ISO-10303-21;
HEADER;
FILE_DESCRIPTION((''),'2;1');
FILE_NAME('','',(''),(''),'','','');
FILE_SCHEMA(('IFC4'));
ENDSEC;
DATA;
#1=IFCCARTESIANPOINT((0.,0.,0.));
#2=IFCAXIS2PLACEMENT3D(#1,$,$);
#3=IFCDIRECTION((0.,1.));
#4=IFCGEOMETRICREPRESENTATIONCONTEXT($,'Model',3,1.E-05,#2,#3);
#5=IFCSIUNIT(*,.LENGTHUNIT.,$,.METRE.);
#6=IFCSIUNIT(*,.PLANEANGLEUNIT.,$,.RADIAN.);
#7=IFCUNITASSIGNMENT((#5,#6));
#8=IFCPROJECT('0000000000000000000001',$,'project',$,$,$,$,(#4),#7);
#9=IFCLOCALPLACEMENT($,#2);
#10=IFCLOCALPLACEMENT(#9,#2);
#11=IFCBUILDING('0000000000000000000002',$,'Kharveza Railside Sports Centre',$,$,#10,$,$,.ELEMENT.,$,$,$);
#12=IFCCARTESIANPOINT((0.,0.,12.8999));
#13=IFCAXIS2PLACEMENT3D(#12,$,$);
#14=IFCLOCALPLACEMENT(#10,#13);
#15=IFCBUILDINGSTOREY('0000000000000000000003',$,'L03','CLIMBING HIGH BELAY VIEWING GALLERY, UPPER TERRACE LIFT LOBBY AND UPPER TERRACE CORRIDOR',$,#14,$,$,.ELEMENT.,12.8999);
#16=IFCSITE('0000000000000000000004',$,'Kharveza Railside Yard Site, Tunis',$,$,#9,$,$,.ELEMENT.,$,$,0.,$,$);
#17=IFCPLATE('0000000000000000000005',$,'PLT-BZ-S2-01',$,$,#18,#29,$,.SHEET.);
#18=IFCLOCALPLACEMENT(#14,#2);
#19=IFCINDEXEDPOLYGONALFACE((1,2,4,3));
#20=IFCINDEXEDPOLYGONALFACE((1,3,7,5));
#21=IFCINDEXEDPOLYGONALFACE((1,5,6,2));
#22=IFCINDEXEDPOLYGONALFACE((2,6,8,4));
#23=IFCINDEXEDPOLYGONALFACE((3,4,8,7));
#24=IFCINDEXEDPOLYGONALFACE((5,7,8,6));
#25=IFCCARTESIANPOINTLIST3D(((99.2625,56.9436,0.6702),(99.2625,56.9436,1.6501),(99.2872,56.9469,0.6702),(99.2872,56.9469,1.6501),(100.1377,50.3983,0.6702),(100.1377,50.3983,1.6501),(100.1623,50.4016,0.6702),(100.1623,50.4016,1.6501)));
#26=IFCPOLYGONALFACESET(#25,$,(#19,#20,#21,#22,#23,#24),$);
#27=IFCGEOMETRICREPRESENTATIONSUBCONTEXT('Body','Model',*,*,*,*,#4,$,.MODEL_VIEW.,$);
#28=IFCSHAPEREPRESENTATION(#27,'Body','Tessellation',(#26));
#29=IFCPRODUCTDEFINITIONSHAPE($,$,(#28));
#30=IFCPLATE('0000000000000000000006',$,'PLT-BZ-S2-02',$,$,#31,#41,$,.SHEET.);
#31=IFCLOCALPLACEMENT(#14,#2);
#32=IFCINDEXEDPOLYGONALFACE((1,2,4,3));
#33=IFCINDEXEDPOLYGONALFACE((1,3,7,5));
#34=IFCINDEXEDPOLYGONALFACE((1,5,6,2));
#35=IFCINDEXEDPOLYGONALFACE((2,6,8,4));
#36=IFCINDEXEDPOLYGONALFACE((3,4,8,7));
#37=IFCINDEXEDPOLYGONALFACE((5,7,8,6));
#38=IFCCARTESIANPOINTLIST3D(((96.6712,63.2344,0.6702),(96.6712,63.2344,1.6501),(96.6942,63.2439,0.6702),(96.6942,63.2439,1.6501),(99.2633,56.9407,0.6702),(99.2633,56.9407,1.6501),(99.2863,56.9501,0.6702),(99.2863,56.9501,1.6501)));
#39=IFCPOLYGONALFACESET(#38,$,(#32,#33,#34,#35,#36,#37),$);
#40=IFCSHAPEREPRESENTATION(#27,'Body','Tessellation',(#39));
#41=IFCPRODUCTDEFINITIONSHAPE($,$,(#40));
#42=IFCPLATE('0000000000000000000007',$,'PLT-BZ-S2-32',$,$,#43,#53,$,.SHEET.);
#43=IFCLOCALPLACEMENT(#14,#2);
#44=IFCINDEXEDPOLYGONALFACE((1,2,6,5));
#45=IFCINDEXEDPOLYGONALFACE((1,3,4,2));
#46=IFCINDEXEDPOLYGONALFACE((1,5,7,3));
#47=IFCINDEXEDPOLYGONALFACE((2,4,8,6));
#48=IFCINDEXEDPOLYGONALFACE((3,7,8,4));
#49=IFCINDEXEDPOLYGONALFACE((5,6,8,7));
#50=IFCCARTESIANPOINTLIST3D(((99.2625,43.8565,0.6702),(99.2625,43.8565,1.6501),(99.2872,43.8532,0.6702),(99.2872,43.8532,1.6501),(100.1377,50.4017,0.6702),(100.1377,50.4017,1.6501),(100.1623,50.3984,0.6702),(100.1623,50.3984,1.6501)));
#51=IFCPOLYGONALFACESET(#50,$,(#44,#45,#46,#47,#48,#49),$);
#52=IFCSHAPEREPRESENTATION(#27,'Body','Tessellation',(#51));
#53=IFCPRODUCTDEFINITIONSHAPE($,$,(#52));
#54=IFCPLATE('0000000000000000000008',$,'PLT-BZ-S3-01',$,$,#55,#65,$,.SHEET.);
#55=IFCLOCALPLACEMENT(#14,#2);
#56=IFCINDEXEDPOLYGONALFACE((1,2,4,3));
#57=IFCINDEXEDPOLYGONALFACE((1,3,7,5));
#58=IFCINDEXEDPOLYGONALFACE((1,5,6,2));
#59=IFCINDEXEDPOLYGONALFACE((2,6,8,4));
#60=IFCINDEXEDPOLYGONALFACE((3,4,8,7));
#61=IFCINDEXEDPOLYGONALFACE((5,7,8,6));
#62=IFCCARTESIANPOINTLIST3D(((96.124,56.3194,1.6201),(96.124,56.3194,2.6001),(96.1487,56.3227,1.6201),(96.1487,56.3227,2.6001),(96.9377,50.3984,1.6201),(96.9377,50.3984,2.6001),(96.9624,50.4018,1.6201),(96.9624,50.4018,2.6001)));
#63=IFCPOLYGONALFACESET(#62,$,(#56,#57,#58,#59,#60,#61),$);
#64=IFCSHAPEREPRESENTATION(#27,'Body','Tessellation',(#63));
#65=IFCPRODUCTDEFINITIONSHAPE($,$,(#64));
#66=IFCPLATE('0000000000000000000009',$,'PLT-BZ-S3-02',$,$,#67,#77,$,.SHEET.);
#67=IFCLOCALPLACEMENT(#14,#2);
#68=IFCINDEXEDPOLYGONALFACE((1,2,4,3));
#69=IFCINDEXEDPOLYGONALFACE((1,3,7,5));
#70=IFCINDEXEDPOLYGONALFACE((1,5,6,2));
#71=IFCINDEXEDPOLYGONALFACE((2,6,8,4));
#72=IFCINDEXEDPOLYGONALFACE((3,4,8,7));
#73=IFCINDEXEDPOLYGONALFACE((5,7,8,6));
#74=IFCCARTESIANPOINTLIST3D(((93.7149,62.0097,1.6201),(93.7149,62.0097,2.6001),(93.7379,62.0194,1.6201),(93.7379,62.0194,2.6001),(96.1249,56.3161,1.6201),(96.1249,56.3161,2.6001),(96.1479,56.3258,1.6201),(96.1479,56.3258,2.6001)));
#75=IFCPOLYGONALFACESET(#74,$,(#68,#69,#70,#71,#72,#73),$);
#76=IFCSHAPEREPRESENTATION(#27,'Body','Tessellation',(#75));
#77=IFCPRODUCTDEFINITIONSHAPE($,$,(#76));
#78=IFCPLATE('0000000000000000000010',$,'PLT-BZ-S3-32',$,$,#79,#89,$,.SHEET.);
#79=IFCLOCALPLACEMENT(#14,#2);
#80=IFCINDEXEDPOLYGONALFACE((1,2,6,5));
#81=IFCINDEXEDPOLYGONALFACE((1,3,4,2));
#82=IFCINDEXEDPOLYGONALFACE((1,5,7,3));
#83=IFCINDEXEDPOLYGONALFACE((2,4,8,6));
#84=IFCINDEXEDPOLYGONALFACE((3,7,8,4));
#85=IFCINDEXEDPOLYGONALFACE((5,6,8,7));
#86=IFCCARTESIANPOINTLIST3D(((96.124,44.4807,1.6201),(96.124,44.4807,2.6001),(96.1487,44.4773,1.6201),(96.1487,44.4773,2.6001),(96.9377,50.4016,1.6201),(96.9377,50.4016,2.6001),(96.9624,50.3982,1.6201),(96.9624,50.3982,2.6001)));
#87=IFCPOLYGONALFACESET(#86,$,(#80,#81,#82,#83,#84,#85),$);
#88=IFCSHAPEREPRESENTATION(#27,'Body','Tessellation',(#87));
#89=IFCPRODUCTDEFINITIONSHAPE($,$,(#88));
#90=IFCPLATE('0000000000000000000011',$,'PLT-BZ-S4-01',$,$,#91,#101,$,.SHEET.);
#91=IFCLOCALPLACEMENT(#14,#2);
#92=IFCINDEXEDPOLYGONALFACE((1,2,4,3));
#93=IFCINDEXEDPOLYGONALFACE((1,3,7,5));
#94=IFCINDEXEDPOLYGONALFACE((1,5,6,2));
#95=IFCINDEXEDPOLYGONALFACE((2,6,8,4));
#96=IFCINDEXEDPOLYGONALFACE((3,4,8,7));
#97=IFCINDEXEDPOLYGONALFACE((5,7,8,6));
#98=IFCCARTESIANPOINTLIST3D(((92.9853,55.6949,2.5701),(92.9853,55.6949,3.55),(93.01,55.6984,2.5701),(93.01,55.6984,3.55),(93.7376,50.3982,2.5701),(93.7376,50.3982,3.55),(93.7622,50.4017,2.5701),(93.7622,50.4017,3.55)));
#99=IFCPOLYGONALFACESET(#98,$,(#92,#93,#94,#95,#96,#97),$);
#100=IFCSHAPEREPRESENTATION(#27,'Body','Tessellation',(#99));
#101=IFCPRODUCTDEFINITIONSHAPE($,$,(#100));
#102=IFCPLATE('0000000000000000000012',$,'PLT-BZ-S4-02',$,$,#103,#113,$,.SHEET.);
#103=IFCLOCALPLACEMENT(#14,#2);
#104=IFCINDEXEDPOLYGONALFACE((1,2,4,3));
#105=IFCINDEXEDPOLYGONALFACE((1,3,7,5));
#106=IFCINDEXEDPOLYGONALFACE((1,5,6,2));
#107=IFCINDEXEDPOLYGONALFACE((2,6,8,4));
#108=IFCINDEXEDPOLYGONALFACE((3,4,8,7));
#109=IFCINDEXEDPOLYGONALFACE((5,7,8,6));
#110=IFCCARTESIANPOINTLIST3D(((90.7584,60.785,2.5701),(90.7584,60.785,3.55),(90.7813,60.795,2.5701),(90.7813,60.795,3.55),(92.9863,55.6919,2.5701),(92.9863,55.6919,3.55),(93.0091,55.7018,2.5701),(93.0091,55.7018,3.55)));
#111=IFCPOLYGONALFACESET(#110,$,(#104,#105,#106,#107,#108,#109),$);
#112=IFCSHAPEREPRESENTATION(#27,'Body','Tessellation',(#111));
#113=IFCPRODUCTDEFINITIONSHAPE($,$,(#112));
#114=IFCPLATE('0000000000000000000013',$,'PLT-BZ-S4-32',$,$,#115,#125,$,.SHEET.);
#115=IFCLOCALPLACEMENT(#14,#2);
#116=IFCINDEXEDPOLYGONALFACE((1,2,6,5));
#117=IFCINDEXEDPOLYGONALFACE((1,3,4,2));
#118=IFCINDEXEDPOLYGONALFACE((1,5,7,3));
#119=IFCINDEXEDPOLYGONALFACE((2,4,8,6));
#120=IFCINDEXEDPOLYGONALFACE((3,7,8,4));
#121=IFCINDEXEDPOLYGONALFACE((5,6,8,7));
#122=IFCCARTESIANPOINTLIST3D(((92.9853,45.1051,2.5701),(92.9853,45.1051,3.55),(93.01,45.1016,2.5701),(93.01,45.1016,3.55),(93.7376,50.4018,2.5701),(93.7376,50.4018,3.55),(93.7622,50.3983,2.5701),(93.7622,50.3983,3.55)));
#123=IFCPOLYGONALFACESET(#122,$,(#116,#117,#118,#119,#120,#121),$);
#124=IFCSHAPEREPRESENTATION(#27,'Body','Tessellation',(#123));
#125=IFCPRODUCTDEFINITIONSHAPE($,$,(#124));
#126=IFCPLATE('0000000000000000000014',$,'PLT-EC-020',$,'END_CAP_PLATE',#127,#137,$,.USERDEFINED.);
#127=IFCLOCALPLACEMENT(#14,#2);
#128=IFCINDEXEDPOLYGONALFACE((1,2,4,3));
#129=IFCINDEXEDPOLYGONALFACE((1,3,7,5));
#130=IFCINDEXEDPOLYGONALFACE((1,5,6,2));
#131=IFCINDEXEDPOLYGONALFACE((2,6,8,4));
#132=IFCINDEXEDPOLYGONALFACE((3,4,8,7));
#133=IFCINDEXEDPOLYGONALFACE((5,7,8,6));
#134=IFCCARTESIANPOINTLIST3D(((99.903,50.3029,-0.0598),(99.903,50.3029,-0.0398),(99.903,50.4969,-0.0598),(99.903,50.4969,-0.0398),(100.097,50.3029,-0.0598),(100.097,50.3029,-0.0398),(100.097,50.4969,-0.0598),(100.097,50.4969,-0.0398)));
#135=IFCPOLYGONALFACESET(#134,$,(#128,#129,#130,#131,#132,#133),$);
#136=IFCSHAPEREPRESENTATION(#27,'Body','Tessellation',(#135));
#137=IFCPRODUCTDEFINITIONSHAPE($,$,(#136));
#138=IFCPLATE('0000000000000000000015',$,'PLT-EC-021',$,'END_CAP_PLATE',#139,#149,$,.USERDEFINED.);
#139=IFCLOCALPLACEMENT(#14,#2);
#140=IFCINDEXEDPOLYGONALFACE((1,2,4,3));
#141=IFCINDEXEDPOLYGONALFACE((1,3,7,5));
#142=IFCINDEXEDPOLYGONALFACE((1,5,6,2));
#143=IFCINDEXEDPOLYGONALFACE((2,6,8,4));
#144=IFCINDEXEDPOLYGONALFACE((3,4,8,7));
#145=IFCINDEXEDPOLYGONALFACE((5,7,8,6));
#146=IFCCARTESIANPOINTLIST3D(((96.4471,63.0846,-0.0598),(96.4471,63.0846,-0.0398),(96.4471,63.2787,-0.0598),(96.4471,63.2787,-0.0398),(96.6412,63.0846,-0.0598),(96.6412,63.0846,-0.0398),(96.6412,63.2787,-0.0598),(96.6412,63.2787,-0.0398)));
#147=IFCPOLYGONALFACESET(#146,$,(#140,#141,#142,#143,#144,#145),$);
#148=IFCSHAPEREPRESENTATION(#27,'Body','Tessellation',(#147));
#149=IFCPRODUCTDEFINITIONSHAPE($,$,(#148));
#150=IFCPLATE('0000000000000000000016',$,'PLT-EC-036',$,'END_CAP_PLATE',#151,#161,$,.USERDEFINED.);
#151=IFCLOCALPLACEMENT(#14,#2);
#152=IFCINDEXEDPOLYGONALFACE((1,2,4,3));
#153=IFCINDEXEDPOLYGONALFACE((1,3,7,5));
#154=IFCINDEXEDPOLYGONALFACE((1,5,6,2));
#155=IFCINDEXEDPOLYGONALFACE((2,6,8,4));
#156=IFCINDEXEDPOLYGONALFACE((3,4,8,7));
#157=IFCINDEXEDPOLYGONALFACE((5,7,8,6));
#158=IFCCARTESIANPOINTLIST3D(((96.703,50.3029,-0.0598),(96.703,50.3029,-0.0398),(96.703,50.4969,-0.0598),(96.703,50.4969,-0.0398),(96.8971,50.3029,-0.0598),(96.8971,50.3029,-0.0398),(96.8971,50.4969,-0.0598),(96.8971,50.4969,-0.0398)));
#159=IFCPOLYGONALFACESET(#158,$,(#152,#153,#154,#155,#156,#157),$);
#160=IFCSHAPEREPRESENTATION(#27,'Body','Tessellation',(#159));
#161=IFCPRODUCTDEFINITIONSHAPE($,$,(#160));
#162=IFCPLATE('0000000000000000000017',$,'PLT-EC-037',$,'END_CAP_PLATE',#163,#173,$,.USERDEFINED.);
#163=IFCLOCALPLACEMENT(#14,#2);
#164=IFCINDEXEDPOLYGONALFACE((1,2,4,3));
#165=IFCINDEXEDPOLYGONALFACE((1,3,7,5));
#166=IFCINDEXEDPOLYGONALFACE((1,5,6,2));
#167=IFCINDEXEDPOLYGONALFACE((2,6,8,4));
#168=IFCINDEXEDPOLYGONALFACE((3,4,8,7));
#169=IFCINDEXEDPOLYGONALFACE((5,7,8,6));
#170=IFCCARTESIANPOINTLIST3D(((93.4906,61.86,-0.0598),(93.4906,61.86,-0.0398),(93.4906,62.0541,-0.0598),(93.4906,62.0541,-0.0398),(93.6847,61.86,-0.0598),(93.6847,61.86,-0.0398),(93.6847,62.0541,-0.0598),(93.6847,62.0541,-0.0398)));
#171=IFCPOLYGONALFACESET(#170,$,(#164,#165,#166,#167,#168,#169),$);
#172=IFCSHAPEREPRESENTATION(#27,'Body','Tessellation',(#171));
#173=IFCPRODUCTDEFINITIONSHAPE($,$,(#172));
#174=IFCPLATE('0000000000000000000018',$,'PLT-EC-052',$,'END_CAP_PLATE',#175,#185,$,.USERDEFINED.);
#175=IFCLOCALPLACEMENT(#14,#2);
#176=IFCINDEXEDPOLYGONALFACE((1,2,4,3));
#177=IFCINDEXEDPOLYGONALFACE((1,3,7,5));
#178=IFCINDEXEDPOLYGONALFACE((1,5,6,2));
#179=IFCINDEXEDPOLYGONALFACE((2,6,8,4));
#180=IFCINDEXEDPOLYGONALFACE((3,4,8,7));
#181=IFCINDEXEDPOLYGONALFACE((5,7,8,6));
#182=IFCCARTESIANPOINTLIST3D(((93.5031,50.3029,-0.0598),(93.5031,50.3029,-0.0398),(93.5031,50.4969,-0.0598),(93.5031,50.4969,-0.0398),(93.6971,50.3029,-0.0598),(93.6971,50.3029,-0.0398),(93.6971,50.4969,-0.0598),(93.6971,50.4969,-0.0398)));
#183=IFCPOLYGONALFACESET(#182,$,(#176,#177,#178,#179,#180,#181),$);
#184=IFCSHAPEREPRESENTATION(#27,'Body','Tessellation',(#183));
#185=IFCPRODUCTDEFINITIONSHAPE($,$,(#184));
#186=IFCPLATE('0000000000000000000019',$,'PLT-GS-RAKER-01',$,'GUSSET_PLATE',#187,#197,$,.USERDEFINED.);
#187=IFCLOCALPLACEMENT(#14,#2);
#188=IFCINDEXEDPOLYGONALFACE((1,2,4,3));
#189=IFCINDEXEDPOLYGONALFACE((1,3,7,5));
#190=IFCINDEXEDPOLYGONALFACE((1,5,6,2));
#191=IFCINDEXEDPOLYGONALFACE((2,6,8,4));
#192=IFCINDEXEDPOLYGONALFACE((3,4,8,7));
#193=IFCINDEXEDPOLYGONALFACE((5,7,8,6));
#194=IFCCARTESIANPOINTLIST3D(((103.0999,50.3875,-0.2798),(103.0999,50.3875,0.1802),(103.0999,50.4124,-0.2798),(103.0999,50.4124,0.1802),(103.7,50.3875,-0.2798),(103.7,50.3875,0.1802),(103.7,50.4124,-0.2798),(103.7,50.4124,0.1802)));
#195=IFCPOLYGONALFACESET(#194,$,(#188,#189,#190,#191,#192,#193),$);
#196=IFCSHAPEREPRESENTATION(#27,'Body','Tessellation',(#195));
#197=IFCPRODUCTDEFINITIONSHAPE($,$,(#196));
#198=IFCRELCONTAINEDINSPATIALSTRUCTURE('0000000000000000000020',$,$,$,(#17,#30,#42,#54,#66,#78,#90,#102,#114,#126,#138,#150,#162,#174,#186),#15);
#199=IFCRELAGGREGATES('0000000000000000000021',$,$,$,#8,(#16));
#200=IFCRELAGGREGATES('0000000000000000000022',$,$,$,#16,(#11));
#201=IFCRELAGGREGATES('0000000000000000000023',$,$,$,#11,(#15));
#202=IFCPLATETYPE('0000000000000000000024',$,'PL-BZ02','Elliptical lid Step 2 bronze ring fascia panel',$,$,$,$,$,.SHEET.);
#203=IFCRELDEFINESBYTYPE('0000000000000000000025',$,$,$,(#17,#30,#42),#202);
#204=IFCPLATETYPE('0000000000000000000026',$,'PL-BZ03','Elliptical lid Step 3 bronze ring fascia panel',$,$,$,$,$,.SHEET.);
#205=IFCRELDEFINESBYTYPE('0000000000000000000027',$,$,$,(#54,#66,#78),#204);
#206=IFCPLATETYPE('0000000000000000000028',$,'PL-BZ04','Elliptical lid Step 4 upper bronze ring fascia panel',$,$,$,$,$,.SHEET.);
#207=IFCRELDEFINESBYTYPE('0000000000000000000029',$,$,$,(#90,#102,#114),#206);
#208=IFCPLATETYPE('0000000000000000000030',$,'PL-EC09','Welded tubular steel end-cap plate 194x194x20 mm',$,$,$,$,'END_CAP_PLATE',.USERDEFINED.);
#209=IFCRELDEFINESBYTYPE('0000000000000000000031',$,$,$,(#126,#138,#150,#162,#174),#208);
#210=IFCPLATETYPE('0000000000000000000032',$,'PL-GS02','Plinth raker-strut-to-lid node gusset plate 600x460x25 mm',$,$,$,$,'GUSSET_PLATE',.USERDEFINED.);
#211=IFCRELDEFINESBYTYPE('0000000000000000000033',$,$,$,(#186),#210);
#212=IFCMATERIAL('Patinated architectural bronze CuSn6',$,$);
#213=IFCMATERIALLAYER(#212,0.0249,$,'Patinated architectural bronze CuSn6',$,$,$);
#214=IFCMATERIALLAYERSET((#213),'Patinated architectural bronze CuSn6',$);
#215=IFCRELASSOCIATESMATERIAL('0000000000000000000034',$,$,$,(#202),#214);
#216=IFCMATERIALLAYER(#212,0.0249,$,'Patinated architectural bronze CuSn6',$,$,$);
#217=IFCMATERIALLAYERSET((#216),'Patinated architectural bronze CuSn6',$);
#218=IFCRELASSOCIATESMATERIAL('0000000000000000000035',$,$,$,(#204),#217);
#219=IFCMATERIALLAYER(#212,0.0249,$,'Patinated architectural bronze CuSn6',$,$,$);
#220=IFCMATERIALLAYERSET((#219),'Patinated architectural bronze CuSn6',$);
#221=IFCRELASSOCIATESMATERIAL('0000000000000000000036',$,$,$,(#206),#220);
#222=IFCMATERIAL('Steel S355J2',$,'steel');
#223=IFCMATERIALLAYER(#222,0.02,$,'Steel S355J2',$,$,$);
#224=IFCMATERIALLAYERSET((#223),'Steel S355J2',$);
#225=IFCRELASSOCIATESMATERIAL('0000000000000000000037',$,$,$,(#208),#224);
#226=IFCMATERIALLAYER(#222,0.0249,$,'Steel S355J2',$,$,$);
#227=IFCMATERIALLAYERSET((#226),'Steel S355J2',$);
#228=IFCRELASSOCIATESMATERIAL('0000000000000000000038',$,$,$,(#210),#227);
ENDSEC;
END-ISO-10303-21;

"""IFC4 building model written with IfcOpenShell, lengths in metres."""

from ifc_helpers import new_model, si_unit, direction, frame, origin, origin_2d, place, context, subcontext, project, spatial, rectangle, extrude, material, layer, layer_set, type_object, element, save


model = new_model("IFC4")

# Units and contexts
model_context = context("Model", 3, precision=1e-05, world=origin(), true_north=direction((0.0, 1.0)))
body_context = subcontext(model_context, "Body", "Model", "MODEL_VIEW")
ifc_project = project(units=[si_unit("LENGTHUNIT", "METRE"), si_unit("PLANEANGLEUNIT", "RADIAN")], contexts=[model_context])

# Site, building, storey
site_placement = place(None, origin())
site = spatial("IfcSite", under=ifc_project, at=site_placement, Name="Kharveza Railside Yard Site, Tunis", CompositionType="ELEMENT", RefElevation=0.0)
building_placement = place(site_placement, origin())
building = spatial("IfcBuilding", under=site, at=building_placement, Name="Kharveza Railside Sports Centre", CompositionType="ELEMENT")
storey_placement = place(building_placement, frame((0.0, 0.0, 12.8999)))
storey = spatial("IfcBuildingStorey", under=building, at=storey_placement, Name="L03", Description="CLIMBING HIGH BELAY VIEWING GALLERY, UPPER TERRACE LIFT LOBBY AND UPPER TERRACE CORRIDOR", CompositionType="ELEMENT", Elevation=12.8999)

# Shared definitions
ifc_material_1 = material(Name="Steel S355J2", Category="steel")

# Plates
ifc_material_2 = material(Name="Patinated architectural bronze CuSn6")
ifc_layer_1 = layer(ifc_material_2, 0.0249, Name="Patinated architectural bronze CuSn6")
ifc_layer_set_1 = layer_set([ifc_layer_1], Name="Patinated architectural bronze CuSn6")
plate_type_1 = type_object("IfcPlateType", Name="PL-BZ02", Description="Elliptical lid Step 2 bronze ring fascia panel", PredefinedType="SHEET", material=ifc_layer_set_1)
plate_1_placement = place(storey_placement, frame((99.7124, 53.6726, 0.6702), z_axis=(0.0, 0.0, 1.0), x_axis=(-0.132533, 0.991179, 0.0)))
element("IfcPlate", 1, at=plate_1_placement, inside=storey, type_object=plate_type_1, Name="PLT-BZ-S2-01", PredefinedType="SHEET", context=body_context, shape_type="SweptSolid", body=[
    extrude(rectangle(XDim=6.6035, YDim=0.0249, at=origin_2d()), origin(), (0.0, 0.0, 1.0), 0.98),
])
plate_2_placement = place(storey_placement, frame((97.9788, 60.0923, 0.6702), z_axis=(0.0, 0.0, 1.0), x_axis=(-0.380812, 0.924652, 0.0)))
element("IfcPlate", 2, at=plate_2_placement, inside=storey, type_object=plate_type_1, Name="PLT-BZ-S2-02", PredefinedType="SHEET", context=body_context, shape_type="SweptSolid", body=[
    extrude(rectangle(XDim=6.8066, YDim=0.0249, at=origin_2d()), origin(), (0.0, 0.0, 1.0), 0.98),
])
plate_3_placement = place(storey_placement, frame((99.7124, 47.1274, 0.6702), z_axis=(0.0, 0.0, 1.0), x_axis=(0.132533, 0.991179, 0.0)))
element("IfcPlate", 3, at=plate_3_placement, inside=storey, type_object=plate_type_1, Name="PLT-BZ-S2-32", PredefinedType="SHEET", context=body_context, shape_type="SweptSolid", body=[
    extrude(rectangle(XDim=6.6035, YDim=0.0249, at=origin_2d()), origin(), (0.0, 0.0, 1.0), 0.98),
])
ifc_layer_2 = layer(ifc_material_2, 0.0249, Name="Patinated architectural bronze CuSn6")
ifc_layer_set_2 = layer_set([ifc_layer_2], Name="Patinated architectural bronze CuSn6")
plate_type_2 = type_object("IfcPlateType", Name="PL-BZ03", Description="Elliptical lid Step 3 bronze ring fascia panel", PredefinedType="SHEET", material=ifc_layer_set_2)
plate_4_placement = place(storey_placement, frame((96.5432, 53.3606, 1.6201), z_axis=(0.0, 0.0, 1.0), x_axis=(-0.136148, 0.990689, 0.0)))
element("IfcPlate", 4, at=plate_4_placement, inside=storey, type_object=plate_type_2, Name="PLT-BZ-S3-01", PredefinedType="SHEET", context=body_context, shape_type="SweptSolid", body=[
    extrude(rectangle(XDim=5.9766, YDim=0.0249, at=origin_2d()), origin(), (0.0, 0.0, 1.0), 0.98),
])
plate_5_placement = place(storey_placement, frame((94.9314, 59.1677, 1.6201), z_axis=(0.0, 0.0, 1.0), x_axis=(-0.389799, 0.9209, 0.0)))
element("IfcPlate", 5, at=plate_5_placement, inside=storey, type_object=plate_type_2, Name="PLT-BZ-S3-02", PredefinedType="SHEET", context=body_context, shape_type="SweptSolid", body=[
    extrude(rectangle(XDim=6.1826, YDim=0.0249, at=origin_2d()), origin(), (0.0, 0.0, 1.0), 0.98),
])
plate_6_placement = place(storey_placement, frame((96.5432, 47.4395, 1.6201), z_axis=(0.0, 0.0, 1.0), x_axis=(0.136148, 0.990689, 0.0)))
element("IfcPlate", 6, at=plate_6_placement, inside=storey, type_object=plate_type_2, Name="PLT-BZ-S3-32", PredefinedType="SHEET", context=body_context, shape_type="SweptSolid", body=[
    extrude(rectangle(XDim=5.9766, YDim=0.0249, at=origin_2d()), origin(), (0.0, 0.0, 1.0), 0.98),
])
ifc_layer_3 = layer(ifc_material_2, 0.0249, Name="Patinated architectural bronze CuSn6")
ifc_layer_set_3 = layer_set([ifc_layer_3], Name="Patinated architectural bronze CuSn6")
plate_type_3 = type_object("IfcPlateType", Name="PL-BZ04", Description="Elliptical lid Step 4 upper bronze ring fascia panel", PredefinedType="SHEET", material=ifc_layer_set_3)
plate_7_placement = place(storey_placement, frame((93.3738, 53.0483, 2.5701), z_axis=(0.0, 0.0, 1.0), x_axis=(-0.140607, 0.990065, 0.0)))
element("IfcPlate", 7, at=plate_7_placement, inside=storey, type_object=plate_type_3, Name="PLT-BZ-S4-01", PredefinedType="SHEET", context=body_context, shape_type="SweptSolid", body=[
    extrude(rectangle(XDim=5.3499, YDim=0.0249, at=origin_2d()), origin(), (0.0, 0.0, 1.0), 0.98),
])
plate_8_placement = place(storey_placement, frame((91.8838, 58.2434, 2.5701), z_axis=(0.0, 0.0, 1.0), x_axis=(-0.400765, 0.916181, 0.0)))
element("IfcPlate", 8, at=plate_8_placement, inside=storey, type_object=plate_type_3, Name="PLT-BZ-S4-02", PredefinedType="SHEET", context=body_context, shape_type="SweptSolid", body=[
    extrude(rectangle(XDim=5.5591, YDim=0.0249, at=origin_2d()), origin(), (0.0, 0.0, 1.0), 0.98),
])
plate_9_placement = place(storey_placement, frame((93.3738, 47.7517, 2.5701), z_axis=(0.0, 0.0, 1.0), x_axis=(0.140607, 0.990065, 0.0)))
element("IfcPlate", 9, at=plate_9_placement, inside=storey, type_object=plate_type_3, Name="PLT-BZ-S4-32", PredefinedType="SHEET", context=body_context, shape_type="SweptSolid", body=[
    extrude(rectangle(XDim=5.3499, YDim=0.0249, at=origin_2d()), origin(), (0.0, 0.0, 1.0), 0.98),
])
ifc_layer_4 = layer(ifc_material_1, 0.02, Name="Steel S355J2")
ifc_layer_set_4 = layer_set([ifc_layer_4], Name="Steel S355J2")
plate_type_4 = type_object("IfcPlateType", Name="PL-EC09", Description="Welded tubular steel end-cap plate 194x194x20 mm", ElementType="END_CAP_PLATE", PredefinedType="USERDEFINED", material=ifc_layer_set_4)
for number, where, z_axis, x_axis, name in (
    (10, (100.0, 50.3999, -0.0598), (0.0, 0.0, 1.0), (1.0, 0.0, 0.0), "PLT-EC-020"),
    (11, (96.5442, 63.1816, -0.0598), (0.0, 0.0, 1.0), (1.0, 0.0, 0.0), "PLT-EC-021"),
    (12, (96.8, 50.3999, -0.0598), (0.0, 0.0, 1.0), (1.0, 0.0, 0.0), "PLT-EC-036"),
    (13, (93.5876, 61.957, -0.0598), (0.0, 0.0, 1.0), (1.0, 0.0, 0.0), "PLT-EC-037"),
    (14, (93.6001, 50.3999, -0.0598), (0.0, 0.0, 1.0), (1.0, 0.0, 0.0), "PLT-EC-052"),
):
    element("IfcPlate", number, at=place(storey_placement, frame(where, z_axis=z_axis, x_axis=x_axis)), inside=storey, type_object=plate_type_4, Name=name, ObjectType="END_CAP_PLATE", PredefinedType="USERDEFINED", context=body_context, shape_type="SweptSolid", body=[
        extrude(rectangle(XDim=0.1941, YDim=0.1941, at=origin_2d()), origin(), (0.0, 0.0, 1.0), 0.02),
    ])
ifc_layer_5 = layer(ifc_material_1, 0.0249, Name="Steel S355J2")
ifc_layer_set_5 = layer_set([ifc_layer_5], Name="Steel S355J2")
plate_type_5 = type_object("IfcPlateType", Name="PL-GS02", Description="Plinth raker-strut-to-lid node gusset plate 600x460x25 mm", ElementType="GUSSET_PLATE", PredefinedType="USERDEFINED", material=ifc_layer_set_5)
plate_10_placement = place(storey_placement, frame((103.3999, 50.3999, -0.2798), z_axis=(0.0, 0.0, 1.0), x_axis=(1.0, 0.0, 0.0)))
element("IfcPlate", 15, at=plate_10_placement, inside=storey, type_object=plate_type_5, Name="PLT-GS-RAKER-01", ObjectType="GUSSET_PLATE", PredefinedType="USERDEFINED", context=body_context, shape_type="SweptSolid", body=[
    extrude(rectangle(XDim=0.6001, YDim=0.0249, at=origin_2d()), origin(), (0.0, 0.0, 1.0), 0.46),
])

save(model, "model.ifc")
